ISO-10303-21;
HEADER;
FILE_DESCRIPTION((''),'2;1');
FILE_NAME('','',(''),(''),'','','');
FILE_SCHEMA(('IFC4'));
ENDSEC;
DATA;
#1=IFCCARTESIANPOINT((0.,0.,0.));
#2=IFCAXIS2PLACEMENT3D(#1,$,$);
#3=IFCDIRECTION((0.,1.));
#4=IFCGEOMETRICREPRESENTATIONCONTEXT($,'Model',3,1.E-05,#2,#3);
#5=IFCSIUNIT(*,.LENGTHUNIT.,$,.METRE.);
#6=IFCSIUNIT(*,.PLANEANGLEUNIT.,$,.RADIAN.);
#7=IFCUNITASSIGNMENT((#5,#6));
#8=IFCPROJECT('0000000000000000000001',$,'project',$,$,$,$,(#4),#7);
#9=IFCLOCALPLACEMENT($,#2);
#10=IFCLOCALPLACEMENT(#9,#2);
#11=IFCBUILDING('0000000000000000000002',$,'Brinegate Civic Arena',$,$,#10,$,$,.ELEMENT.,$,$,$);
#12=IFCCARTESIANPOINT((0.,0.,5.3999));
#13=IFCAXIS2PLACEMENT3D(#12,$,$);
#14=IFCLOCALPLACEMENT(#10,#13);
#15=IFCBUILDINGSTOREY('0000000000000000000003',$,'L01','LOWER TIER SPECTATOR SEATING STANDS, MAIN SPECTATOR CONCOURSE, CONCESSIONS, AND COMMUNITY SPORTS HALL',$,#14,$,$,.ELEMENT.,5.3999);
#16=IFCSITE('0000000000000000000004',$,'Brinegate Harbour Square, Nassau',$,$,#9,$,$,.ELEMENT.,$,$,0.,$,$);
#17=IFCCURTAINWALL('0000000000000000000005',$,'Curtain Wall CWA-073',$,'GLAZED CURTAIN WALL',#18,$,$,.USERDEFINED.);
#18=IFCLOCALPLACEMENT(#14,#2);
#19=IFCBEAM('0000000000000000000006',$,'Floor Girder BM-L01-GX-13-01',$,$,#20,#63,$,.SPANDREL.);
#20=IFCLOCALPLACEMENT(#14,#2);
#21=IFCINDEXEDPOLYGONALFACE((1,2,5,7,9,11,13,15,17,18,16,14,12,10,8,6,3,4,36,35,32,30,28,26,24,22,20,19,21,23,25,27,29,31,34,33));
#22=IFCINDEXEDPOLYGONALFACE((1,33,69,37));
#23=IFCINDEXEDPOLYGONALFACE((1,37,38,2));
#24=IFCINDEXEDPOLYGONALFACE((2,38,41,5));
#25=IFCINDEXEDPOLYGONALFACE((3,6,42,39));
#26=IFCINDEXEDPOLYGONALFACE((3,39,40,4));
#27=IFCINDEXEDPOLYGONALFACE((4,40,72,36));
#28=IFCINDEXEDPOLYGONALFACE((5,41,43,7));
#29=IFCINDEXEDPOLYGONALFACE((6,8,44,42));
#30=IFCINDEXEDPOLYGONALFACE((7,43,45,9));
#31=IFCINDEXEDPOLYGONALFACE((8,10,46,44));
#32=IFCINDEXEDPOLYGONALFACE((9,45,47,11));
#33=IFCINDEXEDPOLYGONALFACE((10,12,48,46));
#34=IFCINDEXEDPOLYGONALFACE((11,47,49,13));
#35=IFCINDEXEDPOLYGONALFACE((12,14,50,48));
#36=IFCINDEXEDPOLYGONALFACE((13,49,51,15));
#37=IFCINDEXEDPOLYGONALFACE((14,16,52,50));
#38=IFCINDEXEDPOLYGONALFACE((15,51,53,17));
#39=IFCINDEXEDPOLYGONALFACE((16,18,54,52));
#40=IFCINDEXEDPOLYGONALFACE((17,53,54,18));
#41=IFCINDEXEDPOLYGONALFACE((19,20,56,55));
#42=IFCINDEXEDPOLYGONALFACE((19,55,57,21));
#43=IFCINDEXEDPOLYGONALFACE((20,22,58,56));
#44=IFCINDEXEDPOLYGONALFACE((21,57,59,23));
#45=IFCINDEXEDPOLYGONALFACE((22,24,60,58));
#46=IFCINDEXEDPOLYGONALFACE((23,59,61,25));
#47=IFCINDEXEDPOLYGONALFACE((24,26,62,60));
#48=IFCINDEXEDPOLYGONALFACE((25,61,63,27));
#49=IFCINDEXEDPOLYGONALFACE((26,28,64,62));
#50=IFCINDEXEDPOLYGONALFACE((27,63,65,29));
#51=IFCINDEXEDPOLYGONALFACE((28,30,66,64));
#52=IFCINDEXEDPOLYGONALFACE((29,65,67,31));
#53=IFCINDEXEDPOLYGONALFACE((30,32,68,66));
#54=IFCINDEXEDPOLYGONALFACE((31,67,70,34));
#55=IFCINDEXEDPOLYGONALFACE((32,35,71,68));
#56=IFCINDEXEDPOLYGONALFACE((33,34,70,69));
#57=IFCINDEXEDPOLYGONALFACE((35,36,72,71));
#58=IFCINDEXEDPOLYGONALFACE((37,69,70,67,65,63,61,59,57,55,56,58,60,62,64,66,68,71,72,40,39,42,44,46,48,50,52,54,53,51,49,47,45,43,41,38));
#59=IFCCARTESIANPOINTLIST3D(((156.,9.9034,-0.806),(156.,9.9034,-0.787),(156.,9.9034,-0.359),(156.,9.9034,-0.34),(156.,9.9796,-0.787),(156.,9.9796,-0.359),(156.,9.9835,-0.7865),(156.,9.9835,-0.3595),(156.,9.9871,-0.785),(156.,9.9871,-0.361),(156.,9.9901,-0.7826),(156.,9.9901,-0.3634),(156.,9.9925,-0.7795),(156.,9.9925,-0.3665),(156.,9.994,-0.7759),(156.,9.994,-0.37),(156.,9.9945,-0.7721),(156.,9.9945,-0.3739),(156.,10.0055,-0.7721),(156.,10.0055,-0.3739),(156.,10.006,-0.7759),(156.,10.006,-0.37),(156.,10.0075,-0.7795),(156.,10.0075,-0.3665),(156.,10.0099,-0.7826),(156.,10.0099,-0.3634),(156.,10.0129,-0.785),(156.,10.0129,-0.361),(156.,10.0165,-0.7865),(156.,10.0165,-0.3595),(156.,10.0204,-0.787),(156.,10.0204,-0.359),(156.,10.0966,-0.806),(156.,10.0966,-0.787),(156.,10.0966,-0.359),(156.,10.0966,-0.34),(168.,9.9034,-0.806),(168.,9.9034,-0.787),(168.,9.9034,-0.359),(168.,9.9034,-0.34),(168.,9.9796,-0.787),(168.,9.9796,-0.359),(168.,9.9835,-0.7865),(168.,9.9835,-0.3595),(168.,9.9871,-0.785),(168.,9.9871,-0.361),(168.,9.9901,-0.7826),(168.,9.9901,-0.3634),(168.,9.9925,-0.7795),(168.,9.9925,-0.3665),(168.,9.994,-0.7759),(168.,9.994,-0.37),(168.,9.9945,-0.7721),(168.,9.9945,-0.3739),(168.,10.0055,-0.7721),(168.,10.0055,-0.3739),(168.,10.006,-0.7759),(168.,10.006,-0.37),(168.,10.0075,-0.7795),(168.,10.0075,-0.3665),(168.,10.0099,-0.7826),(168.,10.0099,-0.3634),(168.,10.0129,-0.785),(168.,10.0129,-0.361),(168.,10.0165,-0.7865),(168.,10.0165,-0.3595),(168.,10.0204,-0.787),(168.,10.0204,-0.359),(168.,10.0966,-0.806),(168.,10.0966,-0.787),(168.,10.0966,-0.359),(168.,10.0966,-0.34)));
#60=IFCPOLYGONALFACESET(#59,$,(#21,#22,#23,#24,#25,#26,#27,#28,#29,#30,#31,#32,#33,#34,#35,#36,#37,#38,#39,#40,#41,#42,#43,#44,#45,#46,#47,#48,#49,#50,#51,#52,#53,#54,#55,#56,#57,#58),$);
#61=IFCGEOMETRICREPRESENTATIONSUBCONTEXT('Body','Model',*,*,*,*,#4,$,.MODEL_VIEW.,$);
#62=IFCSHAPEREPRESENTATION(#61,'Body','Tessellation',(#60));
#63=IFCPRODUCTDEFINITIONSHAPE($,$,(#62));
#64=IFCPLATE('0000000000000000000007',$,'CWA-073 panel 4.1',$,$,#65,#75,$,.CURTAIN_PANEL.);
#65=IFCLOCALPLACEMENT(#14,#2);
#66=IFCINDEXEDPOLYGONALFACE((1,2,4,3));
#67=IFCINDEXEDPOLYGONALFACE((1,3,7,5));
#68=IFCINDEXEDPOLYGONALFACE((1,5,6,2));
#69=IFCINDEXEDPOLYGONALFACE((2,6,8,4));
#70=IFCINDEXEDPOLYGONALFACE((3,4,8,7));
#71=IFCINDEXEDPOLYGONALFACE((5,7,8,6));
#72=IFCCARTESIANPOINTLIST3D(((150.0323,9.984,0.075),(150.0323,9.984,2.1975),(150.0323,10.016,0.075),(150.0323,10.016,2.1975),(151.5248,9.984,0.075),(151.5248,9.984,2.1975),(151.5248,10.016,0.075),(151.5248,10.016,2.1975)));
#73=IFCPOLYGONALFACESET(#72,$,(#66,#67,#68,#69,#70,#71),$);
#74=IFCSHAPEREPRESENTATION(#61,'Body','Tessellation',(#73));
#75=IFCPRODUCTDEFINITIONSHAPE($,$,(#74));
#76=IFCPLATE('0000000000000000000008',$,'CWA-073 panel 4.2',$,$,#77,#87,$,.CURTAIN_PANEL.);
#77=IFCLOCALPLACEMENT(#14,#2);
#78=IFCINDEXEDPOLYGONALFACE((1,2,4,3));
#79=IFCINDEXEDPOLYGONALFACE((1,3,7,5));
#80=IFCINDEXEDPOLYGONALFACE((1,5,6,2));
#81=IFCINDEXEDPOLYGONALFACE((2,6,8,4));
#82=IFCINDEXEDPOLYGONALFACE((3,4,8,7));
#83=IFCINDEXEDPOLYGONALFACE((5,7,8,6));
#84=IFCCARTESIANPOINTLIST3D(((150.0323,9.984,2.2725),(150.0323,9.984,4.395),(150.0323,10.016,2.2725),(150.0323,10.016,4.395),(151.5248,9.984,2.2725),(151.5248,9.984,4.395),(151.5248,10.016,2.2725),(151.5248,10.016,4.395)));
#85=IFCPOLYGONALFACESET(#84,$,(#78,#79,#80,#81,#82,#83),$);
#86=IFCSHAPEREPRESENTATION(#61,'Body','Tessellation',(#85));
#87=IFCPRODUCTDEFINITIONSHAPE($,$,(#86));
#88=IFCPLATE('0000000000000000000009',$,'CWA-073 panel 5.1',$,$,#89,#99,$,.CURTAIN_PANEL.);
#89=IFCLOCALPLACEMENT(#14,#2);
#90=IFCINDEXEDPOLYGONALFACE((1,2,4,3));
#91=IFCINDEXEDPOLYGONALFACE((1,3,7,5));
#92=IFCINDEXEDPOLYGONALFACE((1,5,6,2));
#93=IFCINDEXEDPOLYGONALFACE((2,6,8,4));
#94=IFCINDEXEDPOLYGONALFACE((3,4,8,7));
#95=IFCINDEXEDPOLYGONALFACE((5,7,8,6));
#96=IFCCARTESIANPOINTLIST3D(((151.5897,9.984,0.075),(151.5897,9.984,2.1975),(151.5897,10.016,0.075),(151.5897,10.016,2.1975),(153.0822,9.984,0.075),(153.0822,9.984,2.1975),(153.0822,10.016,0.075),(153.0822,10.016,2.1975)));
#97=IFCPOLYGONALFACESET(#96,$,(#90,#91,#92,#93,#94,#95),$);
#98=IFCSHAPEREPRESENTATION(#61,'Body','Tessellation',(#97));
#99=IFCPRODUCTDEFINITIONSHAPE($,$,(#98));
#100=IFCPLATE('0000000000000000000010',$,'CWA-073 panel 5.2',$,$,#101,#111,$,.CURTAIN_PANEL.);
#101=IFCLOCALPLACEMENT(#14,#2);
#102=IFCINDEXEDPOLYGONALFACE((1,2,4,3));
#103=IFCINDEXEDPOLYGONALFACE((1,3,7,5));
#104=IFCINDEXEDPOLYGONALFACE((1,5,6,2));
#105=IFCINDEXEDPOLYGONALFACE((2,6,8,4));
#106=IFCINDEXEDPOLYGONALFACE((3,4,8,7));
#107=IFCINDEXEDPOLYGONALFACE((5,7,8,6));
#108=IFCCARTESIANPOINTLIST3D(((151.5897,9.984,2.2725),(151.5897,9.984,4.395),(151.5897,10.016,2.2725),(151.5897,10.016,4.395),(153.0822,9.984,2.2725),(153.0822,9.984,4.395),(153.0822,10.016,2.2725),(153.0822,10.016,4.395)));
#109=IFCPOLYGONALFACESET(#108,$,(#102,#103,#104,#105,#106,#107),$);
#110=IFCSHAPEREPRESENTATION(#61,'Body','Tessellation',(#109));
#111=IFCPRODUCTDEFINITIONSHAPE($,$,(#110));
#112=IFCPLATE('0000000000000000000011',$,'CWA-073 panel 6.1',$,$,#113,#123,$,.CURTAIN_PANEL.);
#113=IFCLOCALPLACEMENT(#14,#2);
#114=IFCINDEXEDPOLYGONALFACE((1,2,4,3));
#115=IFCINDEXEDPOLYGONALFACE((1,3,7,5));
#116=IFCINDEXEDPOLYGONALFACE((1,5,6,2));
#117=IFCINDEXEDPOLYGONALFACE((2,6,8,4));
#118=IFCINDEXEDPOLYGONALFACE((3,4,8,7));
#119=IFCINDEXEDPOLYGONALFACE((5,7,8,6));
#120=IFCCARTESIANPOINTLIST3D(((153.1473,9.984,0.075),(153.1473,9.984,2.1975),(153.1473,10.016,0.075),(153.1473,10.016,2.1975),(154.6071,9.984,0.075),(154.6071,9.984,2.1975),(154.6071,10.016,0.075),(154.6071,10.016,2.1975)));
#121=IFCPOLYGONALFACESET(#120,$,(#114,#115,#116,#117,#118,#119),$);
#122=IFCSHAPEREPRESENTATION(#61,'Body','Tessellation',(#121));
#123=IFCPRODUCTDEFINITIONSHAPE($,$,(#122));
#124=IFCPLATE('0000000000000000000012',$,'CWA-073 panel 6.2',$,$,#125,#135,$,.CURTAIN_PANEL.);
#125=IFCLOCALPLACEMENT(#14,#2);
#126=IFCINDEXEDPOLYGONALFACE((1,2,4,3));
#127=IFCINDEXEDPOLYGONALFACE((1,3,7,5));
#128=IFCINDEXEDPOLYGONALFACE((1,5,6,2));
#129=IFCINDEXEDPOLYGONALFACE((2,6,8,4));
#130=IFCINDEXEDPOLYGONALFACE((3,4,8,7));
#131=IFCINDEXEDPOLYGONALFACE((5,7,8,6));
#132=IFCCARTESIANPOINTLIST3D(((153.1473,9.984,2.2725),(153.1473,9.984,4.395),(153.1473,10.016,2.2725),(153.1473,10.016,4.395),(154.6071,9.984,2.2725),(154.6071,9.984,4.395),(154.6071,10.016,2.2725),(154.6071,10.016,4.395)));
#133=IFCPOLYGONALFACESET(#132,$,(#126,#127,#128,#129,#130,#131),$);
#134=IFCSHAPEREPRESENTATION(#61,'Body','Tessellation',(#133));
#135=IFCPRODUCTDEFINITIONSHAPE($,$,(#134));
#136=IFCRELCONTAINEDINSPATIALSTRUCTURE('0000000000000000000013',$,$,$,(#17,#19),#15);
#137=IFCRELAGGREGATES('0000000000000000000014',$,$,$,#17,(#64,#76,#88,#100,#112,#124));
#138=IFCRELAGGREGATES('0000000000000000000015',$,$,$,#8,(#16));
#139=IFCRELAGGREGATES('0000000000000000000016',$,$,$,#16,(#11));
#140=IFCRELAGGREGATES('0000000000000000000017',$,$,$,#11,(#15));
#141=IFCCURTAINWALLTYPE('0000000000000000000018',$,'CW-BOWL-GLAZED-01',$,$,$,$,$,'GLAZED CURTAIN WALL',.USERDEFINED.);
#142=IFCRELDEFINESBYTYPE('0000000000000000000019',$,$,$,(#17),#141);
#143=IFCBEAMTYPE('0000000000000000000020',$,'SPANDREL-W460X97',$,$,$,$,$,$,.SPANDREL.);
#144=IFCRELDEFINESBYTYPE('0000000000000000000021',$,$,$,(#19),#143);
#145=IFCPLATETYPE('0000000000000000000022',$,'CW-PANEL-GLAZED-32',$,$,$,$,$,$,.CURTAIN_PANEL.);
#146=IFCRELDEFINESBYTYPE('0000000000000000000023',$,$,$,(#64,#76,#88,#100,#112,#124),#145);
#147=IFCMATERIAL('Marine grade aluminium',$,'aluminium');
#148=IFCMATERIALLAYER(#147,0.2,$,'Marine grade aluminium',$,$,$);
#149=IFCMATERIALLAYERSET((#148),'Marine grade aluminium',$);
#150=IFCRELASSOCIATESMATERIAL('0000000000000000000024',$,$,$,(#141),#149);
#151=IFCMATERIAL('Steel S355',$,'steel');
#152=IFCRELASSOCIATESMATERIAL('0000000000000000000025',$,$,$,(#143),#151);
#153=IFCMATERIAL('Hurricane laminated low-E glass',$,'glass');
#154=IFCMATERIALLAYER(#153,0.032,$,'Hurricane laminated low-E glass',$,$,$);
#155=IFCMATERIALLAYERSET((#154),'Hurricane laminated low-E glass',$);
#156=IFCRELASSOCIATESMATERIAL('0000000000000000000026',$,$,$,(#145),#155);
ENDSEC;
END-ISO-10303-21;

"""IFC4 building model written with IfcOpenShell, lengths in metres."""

from ifc_helpers import new_model, si_unit, direction, frame, origin, origin_2d, place, context, subcontext, project, spatial, rectangle, i_section, extrude, material, layer, layer_set, material_profile, profile_set, type_object, element, aggregate, save


model = new_model("IFC4")

# Units and contexts
model_context = context("Model", 3, precision=1e-05, world=origin(), true_north=direction((0.0, 1.0)))
body_context = subcontext(model_context, "Body", "Model", "MODEL_VIEW")
ifc_project = project(units=[si_unit("LENGTHUNIT", "METRE"), si_unit("PLANEANGLEUNIT", "RADIAN")], contexts=[model_context])

# Site, building, storey
site_placement = place(None, origin())
site = spatial("IfcSite", under=ifc_project, at=site_placement, Name="Brinegate Harbour Square, Nassau", CompositionType="ELEMENT", RefElevation=0.0)
building_placement = place(site_placement, origin())
building = spatial("IfcBuilding", under=site, at=building_placement, Name="Brinegate Civic Arena", CompositionType="ELEMENT")
storey_placement = place(building_placement, frame((0.0, 0.0, 5.3999)))
storey = spatial("IfcBuildingStorey", under=building, at=storey_placement, Name="L01", Description="LOWER TIER SPECTATOR SEATING STANDS, MAIN SPECTATOR CONCOURSE, CONCESSIONS, AND COMMUNITY SPORTS HALL", CompositionType="ELEMENT", Elevation=5.3999)

# Curtain wall
ifc_material_1 = material(Name="Marine grade aluminium", Category="aluminium")
ifc_layer_1 = layer(ifc_material_1, 0.2, Name="Marine grade aluminium")
ifc_layer_set_1 = layer_set([ifc_layer_1], Name="Marine grade aluminium")
curtain_wall_type = type_object("IfcCurtainWallType", Name="CW-BOWL-GLAZED-01", ElementType="GLAZED CURTAIN WALL", PredefinedType="USERDEFINED", material=ifc_layer_set_1)
curtain_wall_placement = place(storey_placement, origin())
curtain_wall = element("IfcCurtainWall", 1, at=curtain_wall_placement, inside=storey, type_object=curtain_wall_type, Name="Curtain Wall CWA-073", ObjectType="GLAZED CURTAIN WALL", PredefinedType="USERDEFINED")

# Beam
ifc_material_2 = material(Name="Steel S355", Category="steel")
ifc_material_profile_1 = material_profile(ifc_material_2, i_section(OverallWidth=0.1931, OverallDepth=0.4661, WebThickness=0.011, FlangeThickness=0.019, FilletRadius=0.0149, at=origin_2d()), Name="W460X97")
ifc_profile_set_1 = profile_set([ifc_material_profile_1], Name="Steel S355")
beam_type_1 = type_object("IfcBeamType", Name="SPANDREL-W460X97", PredefinedType="SPANDREL", material=ifc_profile_set_1)
beam_1_placement = place(storey_placement, frame((156.0, 10.0, -0.573), z_axis=(1.0, 0.0, 0.0), x_axis=(0.0, 1.0, 0.0)))
element("IfcBeam", 2, at=beam_1_placement, inside=storey, type_object=beam_type_1, Name="Floor Girder BM-L01-GX-13-01", PredefinedType="SPANDREL", context=body_context, shape_type="SweptSolid", body=[
    extrude(i_section(OverallWidth=0.1931, OverallDepth=0.4661, WebThickness=0.011, FlangeThickness=0.019, FilletRadius=0.0149, at=origin_2d()), origin(), (0.0, 0.0, 1.0), 12.0),
])

# Plates
ifc_material_3 = material(Name="Hurricane laminated low-E glass", Category="glass")
ifc_layer_2 = layer(ifc_material_3, 0.032, Name="Hurricane laminated low-E glass")
ifc_layer_set_2 = layer_set([ifc_layer_2], Name="Hurricane laminated low-E glass")
plate_type = type_object("IfcPlateType", Name="CW-PANEL-GLAZED-32", PredefinedType="CURTAIN_PANEL", material=ifc_layer_set_2)
plate_1_placement = place(storey_placement, frame((150.7786, 10.0, 0.075), z_axis=(0.0, 0.0, 1.0), x_axis=(1.0, 0.0, 0.0)))
plate_1 = element("IfcPlate", 3, at=plate_1_placement, type_object=plate_type, Name="CWA-073 panel 4.1", PredefinedType="CURTAIN_PANEL", context=body_context, shape_type="SweptSolid", body=[
    extrude(rectangle(XDim=1.4924, YDim=0.032, at=origin_2d()), origin(), (0.0, 0.0, 1.0), 2.1226),
])
plate_2_placement = place(storey_placement, frame((150.7786, 10.0, 2.2725), z_axis=(0.0, 0.0, 1.0), x_axis=(1.0, 0.0, 0.0)))
plate_2 = element("IfcPlate", 4, at=plate_2_placement, type_object=plate_type, Name="CWA-073 panel 4.2", PredefinedType="CURTAIN_PANEL", context=body_context, shape_type="SweptSolid", body=[
    extrude(rectangle(XDim=1.4924, YDim=0.032, at=origin_2d()), origin(), (0.0, 0.0, 1.0), 2.1226),
])
plate_3_placement = place(storey_placement, frame((152.3359, 10.0, 0.075), z_axis=(0.0, 0.0, 1.0), x_axis=(1.0, 0.0, 0.0)))
plate_3 = element("IfcPlate", 5, at=plate_3_placement, type_object=plate_type, Name="CWA-073 panel 5.1", PredefinedType="CURTAIN_PANEL", context=body_context, shape_type="SweptSolid", body=[
    extrude(rectangle(XDim=1.4924, YDim=0.032, at=origin_2d()), origin(), (0.0, 0.0, 1.0), 2.1226),
])
plate_4_placement = place(storey_placement, frame((152.3359, 10.0, 2.2725), z_axis=(0.0, 0.0, 1.0), x_axis=(1.0, 0.0, 0.0)))
plate_4 = element("IfcPlate", 6, at=plate_4_placement, type_object=plate_type, Name="CWA-073 panel 5.2", PredefinedType="CURTAIN_PANEL", context=body_context, shape_type="SweptSolid", body=[
    extrude(rectangle(XDim=1.4924, YDim=0.032, at=origin_2d()), origin(), (0.0, 0.0, 1.0), 2.1226),
])
plate_5_placement = place(storey_placement, frame((153.8772, 10.0, 0.075), z_axis=(0.0, 0.0, 1.0), x_axis=(1.0, 0.0, 0.0)))
plate_5 = element("IfcPlate", 7, at=plate_5_placement, type_object=plate_type, Name="CWA-073 panel 6.1", PredefinedType="CURTAIN_PANEL", context=body_context, shape_type="SweptSolid", body=[
    extrude(rectangle(XDim=1.4597, YDim=0.032, at=origin_2d()), origin(), (0.0, 0.0, 1.0), 2.1226),
])
plate_6_placement = place(storey_placement, frame((153.8772, 10.0, 2.2725), z_axis=(0.0, 0.0, 1.0), x_axis=(1.0, 0.0, 0.0)))
plate_6 = element("IfcPlate", 8, at=plate_6_placement, type_object=plate_type, Name="CWA-073 panel 6.2", PredefinedType="CURTAIN_PANEL", context=body_context, shape_type="SweptSolid", body=[
    extrude(rectangle(XDim=1.4597, YDim=0.032, at=origin_2d()), origin(), (0.0, 0.0, 1.0), 2.1226),
])
aggregate(curtain_wall, [plate_1, plate_2, plate_3, plate_4, plate_5, plate_6])

save(model, "model.ifc")
